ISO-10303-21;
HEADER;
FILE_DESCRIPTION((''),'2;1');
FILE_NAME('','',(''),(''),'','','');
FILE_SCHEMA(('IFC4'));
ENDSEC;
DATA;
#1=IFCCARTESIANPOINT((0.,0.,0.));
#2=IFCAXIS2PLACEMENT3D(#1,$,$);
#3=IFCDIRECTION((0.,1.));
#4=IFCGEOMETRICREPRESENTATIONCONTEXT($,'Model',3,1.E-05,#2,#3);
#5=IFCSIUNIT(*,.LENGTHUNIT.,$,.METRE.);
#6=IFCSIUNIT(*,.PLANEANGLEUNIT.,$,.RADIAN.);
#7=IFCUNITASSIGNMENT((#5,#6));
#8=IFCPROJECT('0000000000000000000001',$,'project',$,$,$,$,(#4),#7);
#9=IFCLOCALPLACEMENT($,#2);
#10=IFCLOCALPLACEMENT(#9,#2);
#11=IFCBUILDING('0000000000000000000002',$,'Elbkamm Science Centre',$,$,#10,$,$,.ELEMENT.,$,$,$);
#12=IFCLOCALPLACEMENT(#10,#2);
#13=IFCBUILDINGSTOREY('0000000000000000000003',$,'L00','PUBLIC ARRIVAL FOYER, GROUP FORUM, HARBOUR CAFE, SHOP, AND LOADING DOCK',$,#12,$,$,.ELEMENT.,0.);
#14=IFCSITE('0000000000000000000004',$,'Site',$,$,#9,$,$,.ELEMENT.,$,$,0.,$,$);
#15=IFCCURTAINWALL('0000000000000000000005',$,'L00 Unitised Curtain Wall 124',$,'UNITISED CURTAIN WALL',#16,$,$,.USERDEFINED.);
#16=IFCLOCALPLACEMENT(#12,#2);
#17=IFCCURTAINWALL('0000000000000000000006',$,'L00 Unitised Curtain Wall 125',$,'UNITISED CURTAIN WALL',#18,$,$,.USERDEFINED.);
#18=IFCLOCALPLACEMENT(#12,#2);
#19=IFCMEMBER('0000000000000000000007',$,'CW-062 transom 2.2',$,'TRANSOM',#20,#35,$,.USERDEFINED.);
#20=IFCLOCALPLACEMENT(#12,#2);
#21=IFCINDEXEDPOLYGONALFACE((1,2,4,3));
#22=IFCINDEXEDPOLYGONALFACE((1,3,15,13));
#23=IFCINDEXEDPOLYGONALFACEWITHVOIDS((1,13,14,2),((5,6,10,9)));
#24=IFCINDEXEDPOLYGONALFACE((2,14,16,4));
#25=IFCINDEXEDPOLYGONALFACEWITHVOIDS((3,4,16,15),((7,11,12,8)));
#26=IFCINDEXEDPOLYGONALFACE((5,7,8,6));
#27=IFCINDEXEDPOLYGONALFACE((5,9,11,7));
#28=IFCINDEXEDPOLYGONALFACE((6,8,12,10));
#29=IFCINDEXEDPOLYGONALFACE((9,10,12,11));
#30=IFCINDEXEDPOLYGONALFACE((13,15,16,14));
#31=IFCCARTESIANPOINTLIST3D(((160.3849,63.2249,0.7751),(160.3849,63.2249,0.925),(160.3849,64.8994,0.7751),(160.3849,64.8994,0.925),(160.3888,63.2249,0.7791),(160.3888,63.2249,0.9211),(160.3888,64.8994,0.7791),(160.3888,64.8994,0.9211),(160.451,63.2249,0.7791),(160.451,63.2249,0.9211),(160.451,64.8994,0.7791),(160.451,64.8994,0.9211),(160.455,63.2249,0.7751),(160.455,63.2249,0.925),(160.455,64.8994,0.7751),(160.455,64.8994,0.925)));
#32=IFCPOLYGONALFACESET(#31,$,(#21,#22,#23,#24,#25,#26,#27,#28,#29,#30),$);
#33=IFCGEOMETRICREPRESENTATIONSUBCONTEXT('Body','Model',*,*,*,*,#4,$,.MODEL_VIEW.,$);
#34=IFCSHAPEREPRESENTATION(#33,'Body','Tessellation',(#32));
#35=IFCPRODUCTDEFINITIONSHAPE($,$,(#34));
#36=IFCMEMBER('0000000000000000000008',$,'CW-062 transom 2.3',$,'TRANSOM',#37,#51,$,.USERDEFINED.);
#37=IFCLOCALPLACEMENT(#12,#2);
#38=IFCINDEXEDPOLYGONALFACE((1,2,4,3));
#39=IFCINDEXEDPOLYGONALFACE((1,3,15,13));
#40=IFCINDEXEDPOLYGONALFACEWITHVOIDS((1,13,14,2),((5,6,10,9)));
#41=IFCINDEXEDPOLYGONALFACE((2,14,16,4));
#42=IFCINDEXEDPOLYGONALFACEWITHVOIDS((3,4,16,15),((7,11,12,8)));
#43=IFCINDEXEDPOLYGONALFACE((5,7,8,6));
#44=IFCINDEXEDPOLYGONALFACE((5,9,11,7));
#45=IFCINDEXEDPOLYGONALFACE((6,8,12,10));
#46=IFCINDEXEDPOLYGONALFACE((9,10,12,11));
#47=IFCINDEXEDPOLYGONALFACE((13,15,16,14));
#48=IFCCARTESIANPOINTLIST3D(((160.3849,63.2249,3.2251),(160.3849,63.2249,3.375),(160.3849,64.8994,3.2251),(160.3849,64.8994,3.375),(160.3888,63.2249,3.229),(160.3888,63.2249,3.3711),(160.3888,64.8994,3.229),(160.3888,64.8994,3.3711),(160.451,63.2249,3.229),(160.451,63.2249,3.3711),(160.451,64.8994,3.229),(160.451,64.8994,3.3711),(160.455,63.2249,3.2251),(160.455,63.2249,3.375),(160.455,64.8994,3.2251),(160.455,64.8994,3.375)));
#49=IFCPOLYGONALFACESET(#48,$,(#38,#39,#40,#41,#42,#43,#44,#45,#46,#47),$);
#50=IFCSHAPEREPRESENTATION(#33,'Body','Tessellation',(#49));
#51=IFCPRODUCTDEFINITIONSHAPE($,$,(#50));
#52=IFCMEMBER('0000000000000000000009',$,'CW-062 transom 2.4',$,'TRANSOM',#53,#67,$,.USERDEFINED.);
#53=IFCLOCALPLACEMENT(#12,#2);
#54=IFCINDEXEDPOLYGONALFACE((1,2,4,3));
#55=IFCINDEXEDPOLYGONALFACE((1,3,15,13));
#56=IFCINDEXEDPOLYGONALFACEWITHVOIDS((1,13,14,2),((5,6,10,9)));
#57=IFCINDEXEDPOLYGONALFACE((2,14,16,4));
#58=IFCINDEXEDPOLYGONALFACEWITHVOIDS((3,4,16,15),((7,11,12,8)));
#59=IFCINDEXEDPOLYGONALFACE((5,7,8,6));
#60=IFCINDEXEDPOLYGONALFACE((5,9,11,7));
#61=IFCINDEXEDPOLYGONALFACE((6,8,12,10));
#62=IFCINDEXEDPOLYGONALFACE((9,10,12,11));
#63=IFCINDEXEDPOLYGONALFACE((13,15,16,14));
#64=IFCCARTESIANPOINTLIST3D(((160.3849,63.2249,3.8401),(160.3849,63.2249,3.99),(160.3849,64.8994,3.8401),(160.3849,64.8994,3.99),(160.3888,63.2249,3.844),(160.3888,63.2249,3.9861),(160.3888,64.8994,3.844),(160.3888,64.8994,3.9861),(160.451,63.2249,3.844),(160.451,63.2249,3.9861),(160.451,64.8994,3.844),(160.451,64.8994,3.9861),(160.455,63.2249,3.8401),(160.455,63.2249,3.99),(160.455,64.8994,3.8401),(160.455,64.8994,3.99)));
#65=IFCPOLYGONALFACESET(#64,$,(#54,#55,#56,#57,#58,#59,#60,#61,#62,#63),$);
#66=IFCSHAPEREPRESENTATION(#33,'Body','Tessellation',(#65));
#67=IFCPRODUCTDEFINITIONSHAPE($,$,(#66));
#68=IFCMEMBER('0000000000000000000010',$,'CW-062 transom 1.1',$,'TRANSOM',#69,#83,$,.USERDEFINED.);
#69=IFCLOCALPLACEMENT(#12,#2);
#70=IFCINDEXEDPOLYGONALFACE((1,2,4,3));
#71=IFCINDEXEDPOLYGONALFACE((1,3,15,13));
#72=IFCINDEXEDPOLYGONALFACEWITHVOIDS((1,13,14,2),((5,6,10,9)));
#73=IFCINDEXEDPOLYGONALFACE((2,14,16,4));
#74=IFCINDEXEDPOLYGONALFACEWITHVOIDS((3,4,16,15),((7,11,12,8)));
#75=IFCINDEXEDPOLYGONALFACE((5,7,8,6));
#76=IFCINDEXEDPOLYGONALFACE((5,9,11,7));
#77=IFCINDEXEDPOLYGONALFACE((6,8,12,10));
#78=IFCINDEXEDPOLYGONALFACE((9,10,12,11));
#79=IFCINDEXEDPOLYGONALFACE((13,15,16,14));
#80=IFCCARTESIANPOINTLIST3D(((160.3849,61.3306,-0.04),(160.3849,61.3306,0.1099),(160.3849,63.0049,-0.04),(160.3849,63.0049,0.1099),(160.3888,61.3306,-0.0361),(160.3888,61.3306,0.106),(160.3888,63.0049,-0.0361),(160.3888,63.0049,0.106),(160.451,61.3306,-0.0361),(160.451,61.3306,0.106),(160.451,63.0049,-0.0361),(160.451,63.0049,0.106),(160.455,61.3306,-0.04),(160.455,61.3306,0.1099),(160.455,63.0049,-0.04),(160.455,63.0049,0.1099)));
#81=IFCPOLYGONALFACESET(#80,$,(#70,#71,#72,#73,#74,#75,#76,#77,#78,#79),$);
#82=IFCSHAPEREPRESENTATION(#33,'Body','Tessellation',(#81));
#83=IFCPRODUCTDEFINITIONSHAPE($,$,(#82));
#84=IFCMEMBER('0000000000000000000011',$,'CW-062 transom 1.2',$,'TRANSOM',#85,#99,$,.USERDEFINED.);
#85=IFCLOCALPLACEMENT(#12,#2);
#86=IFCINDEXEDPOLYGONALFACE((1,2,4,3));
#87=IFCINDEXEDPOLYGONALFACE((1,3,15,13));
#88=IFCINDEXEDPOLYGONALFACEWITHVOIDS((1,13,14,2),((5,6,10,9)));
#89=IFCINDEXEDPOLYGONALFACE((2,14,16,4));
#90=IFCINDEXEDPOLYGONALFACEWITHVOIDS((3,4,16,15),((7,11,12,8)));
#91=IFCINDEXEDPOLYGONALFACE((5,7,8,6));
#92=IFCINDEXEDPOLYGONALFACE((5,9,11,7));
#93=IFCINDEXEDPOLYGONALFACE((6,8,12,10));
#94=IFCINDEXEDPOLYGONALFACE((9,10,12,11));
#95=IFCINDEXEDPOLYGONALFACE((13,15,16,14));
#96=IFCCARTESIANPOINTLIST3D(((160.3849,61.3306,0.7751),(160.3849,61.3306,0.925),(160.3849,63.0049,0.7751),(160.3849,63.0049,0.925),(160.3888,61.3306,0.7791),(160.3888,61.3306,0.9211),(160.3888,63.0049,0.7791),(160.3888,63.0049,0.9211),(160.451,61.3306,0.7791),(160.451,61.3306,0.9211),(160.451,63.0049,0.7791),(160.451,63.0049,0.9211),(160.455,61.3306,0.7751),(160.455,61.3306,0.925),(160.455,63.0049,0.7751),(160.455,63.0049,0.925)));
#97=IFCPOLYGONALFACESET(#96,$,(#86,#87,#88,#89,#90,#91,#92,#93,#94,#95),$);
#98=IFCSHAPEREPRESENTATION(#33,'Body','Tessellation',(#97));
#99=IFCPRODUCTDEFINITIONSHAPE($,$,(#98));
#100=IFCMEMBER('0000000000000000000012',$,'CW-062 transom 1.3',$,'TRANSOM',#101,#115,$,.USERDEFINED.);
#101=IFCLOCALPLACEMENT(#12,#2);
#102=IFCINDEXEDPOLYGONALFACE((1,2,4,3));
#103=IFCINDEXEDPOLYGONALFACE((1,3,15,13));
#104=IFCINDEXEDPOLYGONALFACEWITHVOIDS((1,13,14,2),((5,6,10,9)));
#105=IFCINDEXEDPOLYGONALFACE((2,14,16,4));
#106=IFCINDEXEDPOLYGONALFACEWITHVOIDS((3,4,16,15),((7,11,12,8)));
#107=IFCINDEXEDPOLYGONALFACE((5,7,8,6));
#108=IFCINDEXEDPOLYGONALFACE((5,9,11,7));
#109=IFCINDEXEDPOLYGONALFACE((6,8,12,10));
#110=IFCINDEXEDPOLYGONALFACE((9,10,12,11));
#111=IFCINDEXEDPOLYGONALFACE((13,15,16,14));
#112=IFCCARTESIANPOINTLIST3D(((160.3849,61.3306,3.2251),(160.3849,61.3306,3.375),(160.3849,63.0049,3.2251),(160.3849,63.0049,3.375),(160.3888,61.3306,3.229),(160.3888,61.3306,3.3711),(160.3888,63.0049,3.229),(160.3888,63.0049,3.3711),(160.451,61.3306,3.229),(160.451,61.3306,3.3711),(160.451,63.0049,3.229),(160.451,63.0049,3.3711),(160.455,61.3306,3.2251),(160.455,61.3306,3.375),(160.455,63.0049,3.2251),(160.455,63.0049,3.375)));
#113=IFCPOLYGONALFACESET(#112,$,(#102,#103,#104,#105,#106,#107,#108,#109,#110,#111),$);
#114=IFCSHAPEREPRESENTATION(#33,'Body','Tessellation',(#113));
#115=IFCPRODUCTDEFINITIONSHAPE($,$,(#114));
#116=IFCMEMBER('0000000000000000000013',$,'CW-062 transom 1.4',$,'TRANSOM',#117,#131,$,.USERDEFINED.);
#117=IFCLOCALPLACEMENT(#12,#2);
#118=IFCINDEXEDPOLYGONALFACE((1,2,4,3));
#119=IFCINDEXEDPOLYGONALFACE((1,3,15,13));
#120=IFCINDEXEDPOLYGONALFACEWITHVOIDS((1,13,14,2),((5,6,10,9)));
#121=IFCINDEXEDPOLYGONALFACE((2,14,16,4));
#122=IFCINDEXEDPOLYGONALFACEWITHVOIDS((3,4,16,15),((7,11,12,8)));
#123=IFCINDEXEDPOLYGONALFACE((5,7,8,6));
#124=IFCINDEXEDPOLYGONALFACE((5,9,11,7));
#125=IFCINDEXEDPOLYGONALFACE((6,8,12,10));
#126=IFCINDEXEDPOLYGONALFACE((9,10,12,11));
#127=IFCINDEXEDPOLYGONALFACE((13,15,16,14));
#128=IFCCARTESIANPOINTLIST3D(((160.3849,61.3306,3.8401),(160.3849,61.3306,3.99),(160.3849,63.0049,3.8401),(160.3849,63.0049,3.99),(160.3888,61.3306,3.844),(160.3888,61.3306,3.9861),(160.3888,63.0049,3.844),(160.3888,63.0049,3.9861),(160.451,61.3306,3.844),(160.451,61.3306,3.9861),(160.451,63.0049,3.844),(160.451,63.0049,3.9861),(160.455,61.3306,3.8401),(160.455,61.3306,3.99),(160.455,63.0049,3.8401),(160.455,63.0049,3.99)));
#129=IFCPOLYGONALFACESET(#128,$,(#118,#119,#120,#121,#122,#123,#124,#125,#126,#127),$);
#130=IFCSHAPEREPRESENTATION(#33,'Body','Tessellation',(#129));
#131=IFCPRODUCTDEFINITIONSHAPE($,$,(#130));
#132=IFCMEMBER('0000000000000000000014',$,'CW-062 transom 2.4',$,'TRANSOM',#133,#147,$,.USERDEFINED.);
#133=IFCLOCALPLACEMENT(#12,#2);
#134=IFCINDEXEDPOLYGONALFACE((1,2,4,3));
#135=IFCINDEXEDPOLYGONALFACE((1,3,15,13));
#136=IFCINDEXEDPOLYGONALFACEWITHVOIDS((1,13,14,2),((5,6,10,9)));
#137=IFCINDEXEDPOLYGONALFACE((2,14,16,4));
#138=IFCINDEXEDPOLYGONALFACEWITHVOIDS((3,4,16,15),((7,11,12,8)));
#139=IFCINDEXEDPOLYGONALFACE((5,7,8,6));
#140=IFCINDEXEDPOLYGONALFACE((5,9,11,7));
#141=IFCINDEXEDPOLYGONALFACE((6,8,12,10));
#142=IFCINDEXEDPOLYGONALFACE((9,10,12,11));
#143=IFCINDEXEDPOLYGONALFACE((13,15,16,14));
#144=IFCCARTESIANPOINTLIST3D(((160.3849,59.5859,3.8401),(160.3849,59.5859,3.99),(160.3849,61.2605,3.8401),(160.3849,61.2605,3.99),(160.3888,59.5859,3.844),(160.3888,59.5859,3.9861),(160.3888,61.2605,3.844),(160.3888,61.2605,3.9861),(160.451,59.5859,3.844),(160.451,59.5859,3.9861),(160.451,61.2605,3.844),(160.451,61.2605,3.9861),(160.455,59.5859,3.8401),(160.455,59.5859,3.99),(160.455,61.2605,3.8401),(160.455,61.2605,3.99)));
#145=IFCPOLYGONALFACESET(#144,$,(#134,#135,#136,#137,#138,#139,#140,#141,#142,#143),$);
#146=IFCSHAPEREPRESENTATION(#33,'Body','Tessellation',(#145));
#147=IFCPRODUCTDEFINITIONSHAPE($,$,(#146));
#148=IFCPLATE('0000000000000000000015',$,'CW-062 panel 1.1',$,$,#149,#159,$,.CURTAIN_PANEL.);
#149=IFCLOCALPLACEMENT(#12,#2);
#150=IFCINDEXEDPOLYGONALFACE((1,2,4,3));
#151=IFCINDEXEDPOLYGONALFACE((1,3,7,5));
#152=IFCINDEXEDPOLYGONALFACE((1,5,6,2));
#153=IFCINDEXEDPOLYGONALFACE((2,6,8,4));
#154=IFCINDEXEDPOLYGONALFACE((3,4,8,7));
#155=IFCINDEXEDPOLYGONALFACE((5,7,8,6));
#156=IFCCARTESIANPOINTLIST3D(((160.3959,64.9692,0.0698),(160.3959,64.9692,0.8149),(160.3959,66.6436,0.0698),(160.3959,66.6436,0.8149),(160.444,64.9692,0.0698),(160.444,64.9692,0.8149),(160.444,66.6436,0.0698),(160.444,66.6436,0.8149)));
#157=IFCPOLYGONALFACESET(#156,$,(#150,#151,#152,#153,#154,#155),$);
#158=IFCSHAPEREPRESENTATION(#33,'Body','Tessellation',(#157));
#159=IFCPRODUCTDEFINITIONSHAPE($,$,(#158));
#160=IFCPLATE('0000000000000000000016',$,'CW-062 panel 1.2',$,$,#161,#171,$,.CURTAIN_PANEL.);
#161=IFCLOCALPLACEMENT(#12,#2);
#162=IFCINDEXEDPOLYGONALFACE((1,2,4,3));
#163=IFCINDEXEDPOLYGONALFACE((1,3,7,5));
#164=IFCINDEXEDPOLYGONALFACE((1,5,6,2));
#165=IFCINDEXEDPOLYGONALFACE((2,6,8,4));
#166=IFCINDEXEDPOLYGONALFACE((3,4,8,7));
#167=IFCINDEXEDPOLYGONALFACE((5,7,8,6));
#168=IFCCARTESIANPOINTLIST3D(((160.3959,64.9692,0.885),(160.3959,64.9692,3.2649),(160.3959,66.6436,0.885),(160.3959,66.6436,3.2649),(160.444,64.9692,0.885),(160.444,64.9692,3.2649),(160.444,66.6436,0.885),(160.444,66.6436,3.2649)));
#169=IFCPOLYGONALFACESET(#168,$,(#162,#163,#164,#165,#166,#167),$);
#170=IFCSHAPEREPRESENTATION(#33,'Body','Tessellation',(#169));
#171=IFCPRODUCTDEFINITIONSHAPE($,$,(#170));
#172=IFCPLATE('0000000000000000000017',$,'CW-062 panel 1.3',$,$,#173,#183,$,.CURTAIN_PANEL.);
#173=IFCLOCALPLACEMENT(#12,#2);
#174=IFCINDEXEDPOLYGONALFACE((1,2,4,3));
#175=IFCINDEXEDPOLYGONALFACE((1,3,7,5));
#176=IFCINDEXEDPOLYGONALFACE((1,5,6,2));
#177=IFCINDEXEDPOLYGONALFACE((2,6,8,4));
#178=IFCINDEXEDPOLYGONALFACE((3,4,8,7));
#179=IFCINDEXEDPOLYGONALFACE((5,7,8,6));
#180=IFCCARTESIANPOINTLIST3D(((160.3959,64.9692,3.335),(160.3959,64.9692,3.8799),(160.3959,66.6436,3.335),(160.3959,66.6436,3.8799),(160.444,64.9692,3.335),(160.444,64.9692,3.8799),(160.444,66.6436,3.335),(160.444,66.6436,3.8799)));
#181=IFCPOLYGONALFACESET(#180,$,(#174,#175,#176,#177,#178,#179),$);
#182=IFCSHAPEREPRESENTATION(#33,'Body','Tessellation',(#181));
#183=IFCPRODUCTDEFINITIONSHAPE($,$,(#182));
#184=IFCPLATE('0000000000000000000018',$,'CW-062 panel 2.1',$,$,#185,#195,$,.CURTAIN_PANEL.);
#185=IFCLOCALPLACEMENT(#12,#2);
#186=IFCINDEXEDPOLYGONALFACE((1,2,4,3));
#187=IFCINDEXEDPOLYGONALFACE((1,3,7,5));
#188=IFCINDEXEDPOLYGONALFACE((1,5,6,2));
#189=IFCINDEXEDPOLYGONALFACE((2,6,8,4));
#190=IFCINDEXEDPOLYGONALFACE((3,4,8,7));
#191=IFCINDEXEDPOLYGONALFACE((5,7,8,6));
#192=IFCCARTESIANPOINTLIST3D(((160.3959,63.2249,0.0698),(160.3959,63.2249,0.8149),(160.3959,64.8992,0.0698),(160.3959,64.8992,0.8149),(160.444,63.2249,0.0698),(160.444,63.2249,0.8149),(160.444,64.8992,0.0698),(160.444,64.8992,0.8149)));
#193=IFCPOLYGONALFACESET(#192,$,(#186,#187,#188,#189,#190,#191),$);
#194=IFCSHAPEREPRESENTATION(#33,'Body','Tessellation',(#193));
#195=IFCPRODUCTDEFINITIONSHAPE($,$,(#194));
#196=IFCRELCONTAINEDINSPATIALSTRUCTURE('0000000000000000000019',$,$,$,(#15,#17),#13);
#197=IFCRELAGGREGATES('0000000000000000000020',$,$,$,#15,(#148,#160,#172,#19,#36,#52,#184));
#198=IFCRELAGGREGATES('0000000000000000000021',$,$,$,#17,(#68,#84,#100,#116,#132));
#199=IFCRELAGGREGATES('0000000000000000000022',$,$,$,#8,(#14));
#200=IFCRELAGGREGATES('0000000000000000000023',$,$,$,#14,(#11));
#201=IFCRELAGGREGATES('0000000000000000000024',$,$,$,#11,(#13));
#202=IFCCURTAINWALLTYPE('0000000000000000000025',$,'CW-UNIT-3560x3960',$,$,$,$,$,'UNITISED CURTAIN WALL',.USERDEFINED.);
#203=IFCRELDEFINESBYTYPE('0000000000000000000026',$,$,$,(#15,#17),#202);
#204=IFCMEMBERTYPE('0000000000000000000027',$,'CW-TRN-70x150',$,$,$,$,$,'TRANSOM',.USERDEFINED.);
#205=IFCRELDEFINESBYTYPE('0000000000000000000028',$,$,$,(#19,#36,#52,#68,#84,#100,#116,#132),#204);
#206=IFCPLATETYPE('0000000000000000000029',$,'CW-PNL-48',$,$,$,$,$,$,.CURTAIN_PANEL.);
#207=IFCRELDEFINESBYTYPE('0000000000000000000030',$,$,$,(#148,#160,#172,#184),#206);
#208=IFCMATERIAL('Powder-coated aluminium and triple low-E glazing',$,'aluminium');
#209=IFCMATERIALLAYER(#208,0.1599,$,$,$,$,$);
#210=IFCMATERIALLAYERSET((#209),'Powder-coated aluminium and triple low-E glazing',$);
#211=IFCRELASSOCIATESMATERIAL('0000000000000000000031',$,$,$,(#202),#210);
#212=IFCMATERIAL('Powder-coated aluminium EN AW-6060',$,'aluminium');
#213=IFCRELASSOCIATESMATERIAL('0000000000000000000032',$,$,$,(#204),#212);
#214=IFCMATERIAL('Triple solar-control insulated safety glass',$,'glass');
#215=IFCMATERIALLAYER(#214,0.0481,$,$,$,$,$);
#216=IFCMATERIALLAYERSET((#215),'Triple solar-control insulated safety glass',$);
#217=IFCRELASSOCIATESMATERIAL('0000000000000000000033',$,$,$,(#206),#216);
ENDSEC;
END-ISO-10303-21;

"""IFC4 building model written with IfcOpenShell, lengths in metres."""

from ifc_helpers import new_model, si_unit, direction, frame, origin, origin_2d, place, context, subcontext, project, spatial, rectangle, hollow_rectangle, extrude, material, layer, layer_set, material_profile, profile_set, type_object, element, aggregate, save


model = new_model("IFC4")

# Units and contexts
model_context = context("Model", 3, precision=1e-05, world=origin(), true_north=direction((0.0, 1.0)))
body_context = subcontext(model_context, "Body", "Model", "MODEL_VIEW")
ifc_project = project(units=[si_unit("LENGTHUNIT", "METRE"), si_unit("PLANEANGLEUNIT", "RADIAN")], contexts=[model_context])

# Site, building, storey
site_placement = place(None, origin())
site = spatial("IfcSite", under=ifc_project, at=site_placement, Name="Site", CompositionType="ELEMENT", RefElevation=0.0)
building_placement = place(site_placement, origin())
building = spatial("IfcBuilding", under=site, at=building_placement, Name="Elbkamm Science Centre", CompositionType="ELEMENT")
storey_placement = place(building_placement, origin())
storey = spatial("IfcBuildingStorey", under=building, at=storey_placement, Name="L00", Description="PUBLIC ARRIVAL FOYER, GROUP FORUM, HARBOUR CAFE, SHOP, AND LOADING DOCK", CompositionType="ELEMENT", Elevation=0.0)

# Curtain walls
ifc_material_1 = material(Name="Powder-coated aluminium and triple low-E glazing", Category="aluminium")
ifc_layer_1 = layer(ifc_material_1, 0.1599)
ifc_layer_set_1 = layer_set([ifc_layer_1], Name="Powder-coated aluminium and triple low-E glazing")
curtain_wall_type = type_object("IfcCurtainWallType", Name="CW-UNIT-3560x3960", ElementType="UNITISED CURTAIN WALL", PredefinedType="USERDEFINED", material=ifc_layer_set_1)
curtain_wall_1_placement = place(storey_placement, origin())
curtain_wall_1 = element("IfcCurtainWall", 1, at=curtain_wall_1_placement, inside=storey, type_object=curtain_wall_type, Name="L00 Unitised Curtain Wall 124", ObjectType="UNITISED CURTAIN WALL", PredefinedType="USERDEFINED")
ifc_material_2 = material(Name="Powder-coated aluminium EN AW-6060", Category="aluminium")
curtain_wall_2_placement = place(storey_placement, origin())
curtain_wall_2 = element("IfcCurtainWall", 2, at=curtain_wall_2_placement, inside=storey, type_object=curtain_wall_type, Name="L00 Unitised Curtain Wall 125", ObjectType="UNITISED CURTAIN WALL", PredefinedType="USERDEFINED")

# Members
ifc_material_profile_1 = material_profile(ifc_material_2, hollow_rectangle(XDim=0.0701, YDim=0.1499, WallThickness=0.0039, at=origin_2d()), Name="ALU T70x150")
ifc_profile_set_1 = profile_set([ifc_material_profile_1], Name="Powder-coated aluminium EN AW-6060")
member_type_1 = type_object("IfcMemberType", Name="CW-TRN-70x150", ElementType="TRANSOM", PredefinedType="USERDEFINED", material=ifc_profile_set_1)
member_1_placement = place(storey_placement, frame((160.4199, 64.8994, 0.8501), z_axis=(0.0, -1.0, 0.0), x_axis=(1.0, 0.0, 0.0)))
member_1 = element("IfcMember", 3, at=member_1_placement, type_object=member_type_1, Name="CW-062 transom 2.2", ObjectType="TRANSOM", PredefinedType="USERDEFINED", context=body_context, shape_type="SweptSolid", body=[
    extrude(hollow_rectangle(XDim=0.0701, YDim=0.1499, WallThickness=0.0039, at=origin_2d()), origin(), (0.0, 0.0, 1.0), 1.6746),
])
member_2_placement = place(storey_placement, frame((160.4199, 64.8994, 3.3), z_axis=(0.0, -1.0, 0.0), x_axis=(1.0, 0.0, 0.0)))
member_2 = element("IfcMember", 4, at=member_2_placement, type_object=member_type_1, Name="CW-062 transom 2.3", ObjectType="TRANSOM", PredefinedType="USERDEFINED", context=body_context, shape_type="SweptSolid", body=[
    extrude(hollow_rectangle(XDim=0.0701, YDim=0.1499, WallThickness=0.0039, at=origin_2d()), origin(), (0.0, 0.0, 1.0), 1.6746),
])
member_3_placement = place(storey_placement, frame((160.4199, 64.8994, 3.915), z_axis=(0.0, -1.0, 0.0), x_axis=(1.0, 0.0, 0.0)))
member_3 = element("IfcMember", 5, at=member_3_placement, type_object=member_type_1, Name="CW-062 transom 2.4", ObjectType="TRANSOM", PredefinedType="USERDEFINED", context=body_context, shape_type="SweptSolid", body=[
    extrude(hollow_rectangle(XDim=0.0701, YDim=0.1499, WallThickness=0.0039, at=origin_2d()), origin(), (0.0, 0.0, 1.0), 1.6746),
])
member_4_placement = place(storey_placement, frame((160.4199, 63.0049, 0.0349), z_axis=(0.0, -1.0, 0.0), x_axis=(1.0, 0.0, 0.0)))
member_4 = element("IfcMember", 6, at=member_4_placement, type_object=member_type_1, Name="CW-062 transom 1.1", ObjectType="TRANSOM", PredefinedType="USERDEFINED", context=body_context, shape_type="SweptSolid", body=[
    extrude(hollow_rectangle(XDim=0.0701, YDim=0.1499, WallThickness=0.0039, at=origin_2d()), origin(), (0.0, 0.0, 1.0), 1.6743),
])
member_5_placement = place(storey_placement, frame((160.4199, 63.0049, 0.8501), z_axis=(0.0, -1.0, 0.0), x_axis=(1.0, 0.0, 0.0)))
member_5 = element("IfcMember", 7, at=member_5_placement, type_object=member_type_1, Name="CW-062 transom 1.2", ObjectType="TRANSOM", PredefinedType="USERDEFINED", context=body_context, shape_type="SweptSolid", body=[
    extrude(hollow_rectangle(XDim=0.0701, YDim=0.1499, WallThickness=0.0039, at=origin_2d()), origin(), (0.0, 0.0, 1.0), 1.6743),
])
member_6_placement = place(storey_placement, frame((160.4199, 63.0049, 3.3), z_axis=(0.0, -1.0, 0.0), x_axis=(1.0, 0.0, 0.0)))
member_6 = element("IfcMember", 8, at=member_6_placement, type_object=member_type_1, Name="CW-062 transom 1.3", ObjectType="TRANSOM", PredefinedType="USERDEFINED", context=body_context, shape_type="SweptSolid", body=[
    extrude(hollow_rectangle(XDim=0.0701, YDim=0.1499, WallThickness=0.0039, at=origin_2d()), origin(), (0.0, 0.0, 1.0), 1.6743),
])
member_7_placement = place(storey_placement, frame((160.4199, 63.0049, 3.915), z_axis=(0.0, -1.0, 0.0), x_axis=(1.0, 0.0, 0.0)))
member_7 = element("IfcMember", 9, at=member_7_placement, type_object=member_type_1, Name="CW-062 transom 1.4", ObjectType="TRANSOM", PredefinedType="USERDEFINED", context=body_context, shape_type="SweptSolid", body=[
    extrude(hollow_rectangle(XDim=0.0701, YDim=0.1499, WallThickness=0.0039, at=origin_2d()), origin(), (0.0, 0.0, 1.0), 1.6743),
])
member_8_placement = place(storey_placement, frame((160.4199, 61.2605, 3.915), z_axis=(0.0, -1.0, 0.0), x_axis=(1.0, 0.0, 0.0)))
member_8 = element("IfcMember", 10, at=member_8_placement, type_object=member_type_1, Name="CW-062 transom 2.4", ObjectType="TRANSOM", PredefinedType="USERDEFINED", context=body_context, shape_type="SweptSolid", body=[
    extrude(hollow_rectangle(XDim=0.0701, YDim=0.1499, WallThickness=0.0039, at=origin_2d()), origin(), (0.0, 0.0, 1.0), 1.6746),
])

# Plates
ifc_material_3 = material(Name="Triple solar-control insulated safety glass", Category="glass")
ifc_layer_2 = layer(ifc_material_3, 0.0481)
ifc_layer_set_2 = layer_set([ifc_layer_2], Name="Triple solar-control insulated safety glass")
plate_type = type_object("IfcPlateType", Name="CW-PNL-48", PredefinedType="CURTAIN_PANEL", material=ifc_layer_set_2)
plate_1_placement = place(storey_placement, frame((160.4199, 65.8064, 0.0698), z_axis=(0.0, 0.0, 1.0), x_axis=(0.0, -1.0, 0.0)))
plate_1 = element("IfcPlate", 11, at=plate_1_placement, type_object=plate_type, Name="CW-062 panel 1.1", PredefinedType="CURTAIN_PANEL", context=body_context, shape_type="SweptSolid", body=[
    extrude(rectangle(XDim=1.6743, YDim=0.0481, at=origin_2d()), origin(), (0.0, 0.0, 1.0), 0.7451),
])
plate_2_placement = place(storey_placement, frame((160.4199, 65.8064, 0.885), z_axis=(0.0, 0.0, 1.0), x_axis=(0.0, -1.0, 0.0)))
plate_2 = element("IfcPlate", 12, at=plate_2_placement, type_object=plate_type, Name="CW-062 panel 1.2", PredefinedType="CURTAIN_PANEL", context=body_context, shape_type="SweptSolid", body=[
    extrude(rectangle(XDim=1.6743, YDim=0.0481, at=origin_2d()), origin(), (0.0, 0.0, 1.0), 2.3799),
])
plate_3_placement = place(storey_placement, frame((160.4199, 65.8064, 3.335), z_axis=(0.0, 0.0, 1.0), x_axis=(0.0, -1.0, 0.0)))
plate_3 = element("IfcPlate", 13, at=plate_3_placement, type_object=plate_type, Name="CW-062 panel 1.3", PredefinedType="CURTAIN_PANEL", context=body_context, shape_type="SweptSolid", body=[
    extrude(rectangle(XDim=1.6743, YDim=0.0481, at=origin_2d()), origin(), (0.0, 0.0, 1.0), 0.5449),
])
plate_4_placement = place(storey_placement, frame((160.4199, 64.062, 0.0698), z_axis=(0.0, 0.0, 1.0), x_axis=(0.0, -1.0, 0.0)))
plate_4 = element("IfcPlate", 14, at=plate_4_placement, type_object=plate_type, Name="CW-062 panel 2.1", PredefinedType="CURTAIN_PANEL", context=body_context, shape_type="SweptSolid", body=[
    extrude(rectangle(XDim=1.6743, YDim=0.0481, at=origin_2d()), origin(), (0.0, 0.0, 1.0), 0.7451),
])
aggregate(curtain_wall_1, [plate_1, plate_2, plate_3, member_1, member_2, member_3, plate_4])
aggregate(curtain_wall_2, [member_4, member_5, member_6, member_7, member_8])

save(model, "model.ifc")
